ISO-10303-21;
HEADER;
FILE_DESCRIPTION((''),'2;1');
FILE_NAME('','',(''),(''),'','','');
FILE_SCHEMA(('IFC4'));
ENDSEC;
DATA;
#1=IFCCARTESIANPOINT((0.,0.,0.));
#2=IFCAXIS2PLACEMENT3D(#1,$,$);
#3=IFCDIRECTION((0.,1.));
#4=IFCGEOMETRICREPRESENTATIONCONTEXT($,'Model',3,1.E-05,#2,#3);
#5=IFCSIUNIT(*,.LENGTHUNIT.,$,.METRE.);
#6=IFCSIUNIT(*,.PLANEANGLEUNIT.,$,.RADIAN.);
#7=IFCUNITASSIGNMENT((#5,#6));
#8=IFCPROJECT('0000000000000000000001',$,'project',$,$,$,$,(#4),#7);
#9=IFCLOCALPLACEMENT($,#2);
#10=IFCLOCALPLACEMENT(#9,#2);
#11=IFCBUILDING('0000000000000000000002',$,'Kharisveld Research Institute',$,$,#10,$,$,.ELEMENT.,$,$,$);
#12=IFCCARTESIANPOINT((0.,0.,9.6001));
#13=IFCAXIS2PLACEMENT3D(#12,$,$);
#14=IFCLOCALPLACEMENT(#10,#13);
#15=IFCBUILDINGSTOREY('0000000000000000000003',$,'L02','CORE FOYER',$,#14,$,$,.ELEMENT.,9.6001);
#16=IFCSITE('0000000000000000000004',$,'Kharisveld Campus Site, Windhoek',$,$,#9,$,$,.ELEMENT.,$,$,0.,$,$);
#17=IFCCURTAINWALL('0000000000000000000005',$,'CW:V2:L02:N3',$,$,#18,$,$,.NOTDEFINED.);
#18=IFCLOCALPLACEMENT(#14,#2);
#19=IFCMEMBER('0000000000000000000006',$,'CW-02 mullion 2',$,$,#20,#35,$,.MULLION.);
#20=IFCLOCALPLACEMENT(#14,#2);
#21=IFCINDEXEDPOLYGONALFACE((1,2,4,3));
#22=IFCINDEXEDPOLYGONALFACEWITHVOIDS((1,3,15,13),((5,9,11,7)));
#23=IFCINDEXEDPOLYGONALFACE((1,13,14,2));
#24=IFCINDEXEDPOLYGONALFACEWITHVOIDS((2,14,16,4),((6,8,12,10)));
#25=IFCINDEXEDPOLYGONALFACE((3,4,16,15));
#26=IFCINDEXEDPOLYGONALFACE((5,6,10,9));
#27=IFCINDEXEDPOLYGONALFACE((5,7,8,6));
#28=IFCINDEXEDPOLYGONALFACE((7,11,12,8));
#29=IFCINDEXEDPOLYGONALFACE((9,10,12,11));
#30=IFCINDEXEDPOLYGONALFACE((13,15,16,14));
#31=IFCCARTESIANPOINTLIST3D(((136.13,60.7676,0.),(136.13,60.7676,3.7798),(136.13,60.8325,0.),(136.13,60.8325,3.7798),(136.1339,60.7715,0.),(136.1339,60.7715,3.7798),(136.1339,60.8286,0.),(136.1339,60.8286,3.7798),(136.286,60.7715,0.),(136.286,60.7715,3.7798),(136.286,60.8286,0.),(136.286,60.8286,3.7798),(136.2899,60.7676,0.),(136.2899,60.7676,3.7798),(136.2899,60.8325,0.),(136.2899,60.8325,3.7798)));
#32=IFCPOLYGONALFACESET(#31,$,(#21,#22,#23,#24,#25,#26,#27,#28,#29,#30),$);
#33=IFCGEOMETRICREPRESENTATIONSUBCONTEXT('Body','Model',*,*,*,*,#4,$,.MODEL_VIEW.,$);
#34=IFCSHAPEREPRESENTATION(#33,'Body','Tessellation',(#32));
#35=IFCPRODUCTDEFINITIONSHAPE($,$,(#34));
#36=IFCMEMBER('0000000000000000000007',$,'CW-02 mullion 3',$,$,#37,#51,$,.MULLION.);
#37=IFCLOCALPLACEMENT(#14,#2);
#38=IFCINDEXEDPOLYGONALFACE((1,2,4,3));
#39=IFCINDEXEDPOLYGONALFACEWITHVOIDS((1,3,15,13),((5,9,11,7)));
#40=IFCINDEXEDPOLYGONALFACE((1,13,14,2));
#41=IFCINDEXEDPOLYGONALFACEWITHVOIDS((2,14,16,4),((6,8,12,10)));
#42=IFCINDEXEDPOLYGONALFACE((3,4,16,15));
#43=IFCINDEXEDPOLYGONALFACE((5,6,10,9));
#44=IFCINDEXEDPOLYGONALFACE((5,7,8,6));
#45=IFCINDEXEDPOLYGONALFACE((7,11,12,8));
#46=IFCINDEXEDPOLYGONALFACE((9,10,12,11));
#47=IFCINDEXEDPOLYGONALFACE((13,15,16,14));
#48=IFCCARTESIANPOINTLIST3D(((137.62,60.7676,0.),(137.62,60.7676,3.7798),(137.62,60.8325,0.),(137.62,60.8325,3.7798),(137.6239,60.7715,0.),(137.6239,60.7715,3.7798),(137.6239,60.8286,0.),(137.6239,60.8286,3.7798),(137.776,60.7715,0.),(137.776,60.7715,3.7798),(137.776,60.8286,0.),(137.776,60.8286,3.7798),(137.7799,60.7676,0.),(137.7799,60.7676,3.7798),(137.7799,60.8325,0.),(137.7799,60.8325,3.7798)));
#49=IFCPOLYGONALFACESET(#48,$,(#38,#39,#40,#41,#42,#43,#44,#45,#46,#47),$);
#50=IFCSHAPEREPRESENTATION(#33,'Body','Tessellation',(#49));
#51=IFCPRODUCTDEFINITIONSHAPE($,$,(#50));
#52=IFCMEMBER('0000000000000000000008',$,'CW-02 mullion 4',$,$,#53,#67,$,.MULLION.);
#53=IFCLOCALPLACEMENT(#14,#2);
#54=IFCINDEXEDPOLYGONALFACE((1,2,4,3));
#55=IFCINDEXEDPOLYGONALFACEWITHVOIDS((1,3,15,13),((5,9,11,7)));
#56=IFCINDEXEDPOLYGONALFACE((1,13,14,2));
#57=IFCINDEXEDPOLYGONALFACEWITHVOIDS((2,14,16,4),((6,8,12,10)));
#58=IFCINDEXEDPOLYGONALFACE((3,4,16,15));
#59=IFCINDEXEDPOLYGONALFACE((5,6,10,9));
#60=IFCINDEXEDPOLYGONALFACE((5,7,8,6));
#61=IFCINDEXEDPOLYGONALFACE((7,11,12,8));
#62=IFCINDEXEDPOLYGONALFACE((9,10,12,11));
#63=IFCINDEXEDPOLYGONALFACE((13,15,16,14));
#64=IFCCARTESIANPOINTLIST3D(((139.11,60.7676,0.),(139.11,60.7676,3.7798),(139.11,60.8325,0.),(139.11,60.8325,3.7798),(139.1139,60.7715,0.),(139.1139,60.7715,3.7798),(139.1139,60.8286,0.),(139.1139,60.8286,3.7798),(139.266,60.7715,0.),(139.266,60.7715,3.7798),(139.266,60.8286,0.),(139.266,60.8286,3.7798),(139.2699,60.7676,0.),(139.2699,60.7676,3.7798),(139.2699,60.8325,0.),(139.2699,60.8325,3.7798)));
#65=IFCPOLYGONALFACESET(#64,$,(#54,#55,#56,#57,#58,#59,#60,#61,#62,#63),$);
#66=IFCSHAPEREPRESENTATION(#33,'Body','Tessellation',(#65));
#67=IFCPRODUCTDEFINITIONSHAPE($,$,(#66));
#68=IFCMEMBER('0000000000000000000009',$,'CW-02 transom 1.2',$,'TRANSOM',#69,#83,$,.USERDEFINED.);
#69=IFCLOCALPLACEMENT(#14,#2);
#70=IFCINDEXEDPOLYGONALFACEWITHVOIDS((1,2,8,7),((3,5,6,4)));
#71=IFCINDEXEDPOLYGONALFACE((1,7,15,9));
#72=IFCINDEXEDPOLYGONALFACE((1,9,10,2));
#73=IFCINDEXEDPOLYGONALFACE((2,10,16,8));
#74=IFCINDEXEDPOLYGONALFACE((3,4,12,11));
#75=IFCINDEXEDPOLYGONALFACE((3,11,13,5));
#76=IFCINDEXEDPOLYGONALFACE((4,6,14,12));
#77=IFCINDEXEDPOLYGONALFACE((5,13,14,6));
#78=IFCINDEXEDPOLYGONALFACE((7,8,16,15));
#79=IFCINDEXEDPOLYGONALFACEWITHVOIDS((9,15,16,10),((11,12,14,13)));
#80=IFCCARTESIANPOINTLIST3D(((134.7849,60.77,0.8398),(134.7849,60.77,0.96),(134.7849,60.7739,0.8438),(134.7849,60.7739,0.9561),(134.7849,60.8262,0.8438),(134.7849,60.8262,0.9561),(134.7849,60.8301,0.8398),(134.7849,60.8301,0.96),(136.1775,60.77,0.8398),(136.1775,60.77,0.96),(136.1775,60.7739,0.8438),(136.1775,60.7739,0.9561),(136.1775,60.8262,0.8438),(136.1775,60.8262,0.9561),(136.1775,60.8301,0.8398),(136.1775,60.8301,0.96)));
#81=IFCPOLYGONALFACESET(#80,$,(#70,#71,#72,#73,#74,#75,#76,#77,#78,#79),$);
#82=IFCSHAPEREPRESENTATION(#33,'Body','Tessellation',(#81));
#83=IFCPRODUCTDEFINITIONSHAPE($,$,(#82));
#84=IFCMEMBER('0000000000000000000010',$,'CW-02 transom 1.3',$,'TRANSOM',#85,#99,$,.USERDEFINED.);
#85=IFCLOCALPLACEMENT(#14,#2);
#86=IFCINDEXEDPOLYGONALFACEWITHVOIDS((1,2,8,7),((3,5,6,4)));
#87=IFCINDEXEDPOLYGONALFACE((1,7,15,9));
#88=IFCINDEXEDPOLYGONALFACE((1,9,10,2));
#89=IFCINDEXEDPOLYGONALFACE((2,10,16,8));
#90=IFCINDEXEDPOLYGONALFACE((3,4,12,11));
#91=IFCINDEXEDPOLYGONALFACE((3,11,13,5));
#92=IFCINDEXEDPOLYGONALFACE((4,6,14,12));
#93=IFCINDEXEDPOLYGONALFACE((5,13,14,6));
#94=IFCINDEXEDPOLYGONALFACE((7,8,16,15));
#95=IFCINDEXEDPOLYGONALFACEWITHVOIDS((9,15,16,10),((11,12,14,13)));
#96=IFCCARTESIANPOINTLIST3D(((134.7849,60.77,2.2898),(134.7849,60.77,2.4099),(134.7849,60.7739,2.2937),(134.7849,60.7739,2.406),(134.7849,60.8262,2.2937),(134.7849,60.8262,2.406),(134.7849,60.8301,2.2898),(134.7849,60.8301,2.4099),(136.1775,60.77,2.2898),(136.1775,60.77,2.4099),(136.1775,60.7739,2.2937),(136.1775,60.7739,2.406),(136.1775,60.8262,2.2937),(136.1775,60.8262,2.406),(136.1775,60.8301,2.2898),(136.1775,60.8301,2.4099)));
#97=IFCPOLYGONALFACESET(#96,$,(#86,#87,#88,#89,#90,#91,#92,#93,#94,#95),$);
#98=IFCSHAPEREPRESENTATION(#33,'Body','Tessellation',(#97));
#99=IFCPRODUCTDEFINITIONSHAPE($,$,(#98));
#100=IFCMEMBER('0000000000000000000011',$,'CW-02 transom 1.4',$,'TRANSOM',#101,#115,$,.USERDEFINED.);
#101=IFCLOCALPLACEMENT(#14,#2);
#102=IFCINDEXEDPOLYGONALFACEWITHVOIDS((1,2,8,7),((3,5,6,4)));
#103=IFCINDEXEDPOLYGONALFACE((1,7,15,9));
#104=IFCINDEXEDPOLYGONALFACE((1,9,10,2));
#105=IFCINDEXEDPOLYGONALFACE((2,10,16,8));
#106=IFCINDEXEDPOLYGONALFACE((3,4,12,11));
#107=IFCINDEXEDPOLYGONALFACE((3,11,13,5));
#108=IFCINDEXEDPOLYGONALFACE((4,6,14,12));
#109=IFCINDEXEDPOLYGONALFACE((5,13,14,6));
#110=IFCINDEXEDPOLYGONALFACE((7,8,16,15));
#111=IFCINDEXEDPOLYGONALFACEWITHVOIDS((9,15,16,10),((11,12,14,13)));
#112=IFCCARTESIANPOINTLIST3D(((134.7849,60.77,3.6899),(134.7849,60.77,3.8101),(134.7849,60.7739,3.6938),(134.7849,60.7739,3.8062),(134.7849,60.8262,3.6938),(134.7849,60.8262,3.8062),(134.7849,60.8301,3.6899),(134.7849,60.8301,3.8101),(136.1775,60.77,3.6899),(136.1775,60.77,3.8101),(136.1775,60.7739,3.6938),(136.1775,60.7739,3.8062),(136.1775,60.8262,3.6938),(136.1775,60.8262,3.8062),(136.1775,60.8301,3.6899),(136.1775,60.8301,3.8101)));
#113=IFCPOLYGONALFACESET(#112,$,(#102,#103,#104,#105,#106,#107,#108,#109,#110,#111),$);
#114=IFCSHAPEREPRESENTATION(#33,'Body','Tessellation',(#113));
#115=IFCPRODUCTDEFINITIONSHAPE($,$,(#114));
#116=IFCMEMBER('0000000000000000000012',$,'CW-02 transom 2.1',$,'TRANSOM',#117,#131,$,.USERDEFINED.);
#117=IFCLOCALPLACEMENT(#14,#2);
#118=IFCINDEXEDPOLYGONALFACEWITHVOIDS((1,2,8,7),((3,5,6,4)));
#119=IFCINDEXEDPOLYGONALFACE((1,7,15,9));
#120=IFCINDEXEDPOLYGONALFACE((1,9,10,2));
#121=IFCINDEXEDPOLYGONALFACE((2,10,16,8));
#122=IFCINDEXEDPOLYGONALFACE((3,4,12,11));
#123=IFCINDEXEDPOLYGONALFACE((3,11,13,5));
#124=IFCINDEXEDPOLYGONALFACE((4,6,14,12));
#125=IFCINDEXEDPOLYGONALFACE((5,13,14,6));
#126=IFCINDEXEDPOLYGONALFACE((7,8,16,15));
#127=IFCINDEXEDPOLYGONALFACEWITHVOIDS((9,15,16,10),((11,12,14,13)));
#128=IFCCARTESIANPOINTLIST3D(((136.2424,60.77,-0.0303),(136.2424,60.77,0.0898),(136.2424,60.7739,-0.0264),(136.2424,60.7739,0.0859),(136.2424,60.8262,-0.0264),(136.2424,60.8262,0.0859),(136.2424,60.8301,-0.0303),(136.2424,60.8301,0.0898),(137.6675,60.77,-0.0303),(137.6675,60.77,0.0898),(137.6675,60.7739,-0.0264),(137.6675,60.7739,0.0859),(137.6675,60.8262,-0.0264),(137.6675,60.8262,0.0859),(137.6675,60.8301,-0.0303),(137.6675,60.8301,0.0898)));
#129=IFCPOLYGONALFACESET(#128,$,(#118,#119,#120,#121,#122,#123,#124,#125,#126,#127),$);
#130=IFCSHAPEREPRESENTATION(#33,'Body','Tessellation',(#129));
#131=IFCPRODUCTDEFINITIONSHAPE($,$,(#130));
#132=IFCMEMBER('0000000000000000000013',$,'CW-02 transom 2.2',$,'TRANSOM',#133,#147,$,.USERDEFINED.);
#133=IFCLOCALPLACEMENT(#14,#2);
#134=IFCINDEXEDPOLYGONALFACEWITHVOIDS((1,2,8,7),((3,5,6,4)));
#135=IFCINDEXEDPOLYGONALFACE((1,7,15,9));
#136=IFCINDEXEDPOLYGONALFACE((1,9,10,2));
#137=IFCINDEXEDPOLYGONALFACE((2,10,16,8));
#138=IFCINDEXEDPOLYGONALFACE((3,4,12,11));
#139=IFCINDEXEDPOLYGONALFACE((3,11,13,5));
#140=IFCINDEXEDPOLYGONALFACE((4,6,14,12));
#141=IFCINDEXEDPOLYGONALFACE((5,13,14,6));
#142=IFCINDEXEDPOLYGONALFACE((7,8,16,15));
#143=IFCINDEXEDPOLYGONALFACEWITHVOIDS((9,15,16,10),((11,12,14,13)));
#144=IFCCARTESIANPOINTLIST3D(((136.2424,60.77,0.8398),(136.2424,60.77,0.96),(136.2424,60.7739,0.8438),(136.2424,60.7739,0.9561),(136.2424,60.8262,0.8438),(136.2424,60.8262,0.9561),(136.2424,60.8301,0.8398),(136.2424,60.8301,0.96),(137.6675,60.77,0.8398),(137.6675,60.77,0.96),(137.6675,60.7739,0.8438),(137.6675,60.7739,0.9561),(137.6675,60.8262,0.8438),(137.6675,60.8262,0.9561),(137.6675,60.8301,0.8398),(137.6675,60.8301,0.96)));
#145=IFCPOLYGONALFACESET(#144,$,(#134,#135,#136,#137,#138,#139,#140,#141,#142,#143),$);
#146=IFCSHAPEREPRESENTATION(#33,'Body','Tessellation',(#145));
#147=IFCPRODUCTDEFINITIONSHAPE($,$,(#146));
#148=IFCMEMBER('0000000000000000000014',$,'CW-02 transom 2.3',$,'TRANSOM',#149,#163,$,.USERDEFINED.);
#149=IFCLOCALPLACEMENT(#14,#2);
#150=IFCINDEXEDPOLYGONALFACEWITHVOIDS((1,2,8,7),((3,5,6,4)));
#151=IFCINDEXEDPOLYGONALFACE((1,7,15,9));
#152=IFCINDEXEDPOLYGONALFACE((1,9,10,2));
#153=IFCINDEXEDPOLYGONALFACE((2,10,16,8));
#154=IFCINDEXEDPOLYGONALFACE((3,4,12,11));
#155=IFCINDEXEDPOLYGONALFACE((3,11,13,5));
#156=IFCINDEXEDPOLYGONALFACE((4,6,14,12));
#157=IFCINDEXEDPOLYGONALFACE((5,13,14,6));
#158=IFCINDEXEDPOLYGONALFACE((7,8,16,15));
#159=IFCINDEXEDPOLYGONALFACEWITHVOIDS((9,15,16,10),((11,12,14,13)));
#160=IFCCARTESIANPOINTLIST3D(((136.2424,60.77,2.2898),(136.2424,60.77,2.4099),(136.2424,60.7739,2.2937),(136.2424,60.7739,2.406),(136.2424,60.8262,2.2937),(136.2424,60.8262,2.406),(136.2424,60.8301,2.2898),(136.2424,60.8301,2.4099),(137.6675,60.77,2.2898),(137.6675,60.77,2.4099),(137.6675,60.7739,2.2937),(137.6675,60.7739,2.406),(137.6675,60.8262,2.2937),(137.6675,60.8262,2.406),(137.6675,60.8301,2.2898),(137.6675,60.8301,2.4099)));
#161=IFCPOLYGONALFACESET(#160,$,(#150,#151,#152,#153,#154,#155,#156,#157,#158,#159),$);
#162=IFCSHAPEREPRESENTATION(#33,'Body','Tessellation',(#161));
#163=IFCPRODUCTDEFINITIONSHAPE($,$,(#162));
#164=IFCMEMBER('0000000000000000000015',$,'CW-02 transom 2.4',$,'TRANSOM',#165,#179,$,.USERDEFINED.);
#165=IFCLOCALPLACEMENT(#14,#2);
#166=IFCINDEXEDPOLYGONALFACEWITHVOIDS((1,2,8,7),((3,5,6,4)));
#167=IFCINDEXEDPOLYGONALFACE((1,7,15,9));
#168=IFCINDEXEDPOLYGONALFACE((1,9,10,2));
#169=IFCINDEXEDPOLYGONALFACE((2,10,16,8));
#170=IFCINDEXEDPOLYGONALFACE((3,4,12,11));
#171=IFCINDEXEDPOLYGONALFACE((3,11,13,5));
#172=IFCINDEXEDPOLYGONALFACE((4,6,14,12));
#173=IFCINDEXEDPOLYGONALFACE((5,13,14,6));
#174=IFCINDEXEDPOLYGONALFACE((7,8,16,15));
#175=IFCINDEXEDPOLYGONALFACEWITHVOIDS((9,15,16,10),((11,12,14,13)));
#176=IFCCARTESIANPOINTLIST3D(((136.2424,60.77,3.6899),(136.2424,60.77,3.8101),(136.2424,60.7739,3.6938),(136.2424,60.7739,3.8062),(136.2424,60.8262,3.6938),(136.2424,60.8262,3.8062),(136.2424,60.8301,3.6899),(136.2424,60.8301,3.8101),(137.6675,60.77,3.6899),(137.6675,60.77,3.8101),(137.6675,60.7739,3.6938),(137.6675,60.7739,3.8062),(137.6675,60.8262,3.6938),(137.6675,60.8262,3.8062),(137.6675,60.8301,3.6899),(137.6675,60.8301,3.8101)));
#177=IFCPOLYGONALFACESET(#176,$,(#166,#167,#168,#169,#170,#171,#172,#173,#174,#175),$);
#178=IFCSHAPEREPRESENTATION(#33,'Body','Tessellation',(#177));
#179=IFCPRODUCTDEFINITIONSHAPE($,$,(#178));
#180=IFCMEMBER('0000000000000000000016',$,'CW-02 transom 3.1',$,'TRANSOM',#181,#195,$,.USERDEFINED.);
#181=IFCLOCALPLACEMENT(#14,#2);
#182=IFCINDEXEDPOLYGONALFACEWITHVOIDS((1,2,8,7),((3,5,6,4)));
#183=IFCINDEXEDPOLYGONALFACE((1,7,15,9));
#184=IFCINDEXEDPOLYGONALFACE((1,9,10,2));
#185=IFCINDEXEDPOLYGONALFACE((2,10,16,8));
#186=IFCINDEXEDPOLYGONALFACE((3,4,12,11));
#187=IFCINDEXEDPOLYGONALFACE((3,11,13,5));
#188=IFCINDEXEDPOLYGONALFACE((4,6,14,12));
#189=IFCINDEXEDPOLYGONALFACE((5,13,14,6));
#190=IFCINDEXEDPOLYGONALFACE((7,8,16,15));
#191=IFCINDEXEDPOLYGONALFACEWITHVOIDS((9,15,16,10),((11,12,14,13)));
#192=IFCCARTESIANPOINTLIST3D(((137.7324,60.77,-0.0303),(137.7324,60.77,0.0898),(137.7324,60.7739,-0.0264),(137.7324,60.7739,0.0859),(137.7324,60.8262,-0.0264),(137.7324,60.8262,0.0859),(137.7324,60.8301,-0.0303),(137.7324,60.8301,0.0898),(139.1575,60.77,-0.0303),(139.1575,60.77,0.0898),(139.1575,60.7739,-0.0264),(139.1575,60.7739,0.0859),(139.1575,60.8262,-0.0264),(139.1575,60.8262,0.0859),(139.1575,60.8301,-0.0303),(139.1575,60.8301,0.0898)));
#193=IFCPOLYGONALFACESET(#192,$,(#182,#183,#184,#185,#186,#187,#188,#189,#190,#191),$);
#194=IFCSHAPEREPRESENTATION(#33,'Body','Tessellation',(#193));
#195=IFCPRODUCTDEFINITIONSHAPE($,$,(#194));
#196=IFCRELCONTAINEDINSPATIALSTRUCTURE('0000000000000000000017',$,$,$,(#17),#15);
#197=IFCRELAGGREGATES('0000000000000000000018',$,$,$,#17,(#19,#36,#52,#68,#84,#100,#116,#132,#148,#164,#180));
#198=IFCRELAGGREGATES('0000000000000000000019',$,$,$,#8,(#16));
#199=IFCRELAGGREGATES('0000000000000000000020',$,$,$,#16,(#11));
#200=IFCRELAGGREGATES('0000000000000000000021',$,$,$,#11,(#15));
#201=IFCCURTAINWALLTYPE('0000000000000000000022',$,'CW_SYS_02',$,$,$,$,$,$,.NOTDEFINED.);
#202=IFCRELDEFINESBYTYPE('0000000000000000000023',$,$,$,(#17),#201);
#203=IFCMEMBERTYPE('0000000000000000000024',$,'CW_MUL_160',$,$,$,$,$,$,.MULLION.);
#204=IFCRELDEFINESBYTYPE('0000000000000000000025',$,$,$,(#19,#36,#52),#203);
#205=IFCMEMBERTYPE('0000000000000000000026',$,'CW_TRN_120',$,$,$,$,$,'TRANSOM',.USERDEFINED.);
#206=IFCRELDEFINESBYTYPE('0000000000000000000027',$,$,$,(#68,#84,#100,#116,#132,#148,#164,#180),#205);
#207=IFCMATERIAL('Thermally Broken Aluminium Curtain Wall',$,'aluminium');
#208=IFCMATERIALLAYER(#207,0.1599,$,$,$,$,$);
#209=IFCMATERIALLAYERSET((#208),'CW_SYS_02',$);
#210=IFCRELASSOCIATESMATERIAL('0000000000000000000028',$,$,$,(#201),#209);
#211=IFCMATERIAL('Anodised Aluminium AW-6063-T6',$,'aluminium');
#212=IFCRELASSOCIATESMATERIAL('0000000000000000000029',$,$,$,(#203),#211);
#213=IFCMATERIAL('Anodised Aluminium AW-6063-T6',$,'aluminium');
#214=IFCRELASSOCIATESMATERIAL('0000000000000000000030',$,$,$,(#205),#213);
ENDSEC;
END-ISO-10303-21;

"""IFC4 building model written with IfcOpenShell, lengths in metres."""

from ifc_helpers import new_model, si_unit, direction, frame, origin, origin_2d, place, context, subcontext, project, spatial, hollow_rectangle, extrude, material, layer, layer_set, material_profile, profile_set, type_object, element, aggregate, save


model = new_model("IFC4")

# Units and contexts
model_context = context("Model", 3, precision=1e-05, world=origin(), true_north=direction((0.0, 1.0)))
body_context = subcontext(model_context, "Body", "Model", "MODEL_VIEW")
ifc_project = project(units=[si_unit("LENGTHUNIT", "METRE"), si_unit("PLANEANGLEUNIT", "RADIAN")], contexts=[model_context])

# Site, building, storey
site_placement = place(None, origin())
site = spatial("IfcSite", under=ifc_project, at=site_placement, Name="Kharisveld Campus Site, Windhoek", CompositionType="ELEMENT", RefElevation=0.0)
building_placement = place(site_placement, origin())
building = spatial("IfcBuilding", under=site, at=building_placement, Name="Kharisveld Research Institute", CompositionType="ELEMENT")
storey_placement = place(building_placement, frame((0.0, 0.0, 9.6001)))
storey = spatial("IfcBuildingStorey", under=building, at=storey_placement, Name="L02", Description="CORE FOYER", CompositionType="ELEMENT", Elevation=9.6001)

# Curtain wall, members
ifc_material_1 = material(Name="Thermally Broken Aluminium Curtain Wall", Category="aluminium")
ifc_layer_1 = layer(ifc_material_1, 0.1599)
ifc_layer_set_1 = layer_set([ifc_layer_1], Name="CW_SYS_02")
curtain_wall_type = type_object("IfcCurtainWallType", Name="CW_SYS_02", PredefinedType="NOTDEFINED", material=ifc_layer_set_1)
curtain_wall_placement = place(storey_placement, origin())
curtain_wall = element("IfcCurtainWall", 1, at=curtain_wall_placement, inside=storey, type_object=curtain_wall_type, Name="CW:V2:L02:N3", PredefinedType="NOTDEFINED")
ifc_material_2 = material(Name="Anodised Aluminium AW-6063-T6", Category="aluminium")
ifc_material_profile_1 = material_profile(ifc_material_2, hollow_rectangle(XDim=0.0649, YDim=0.1599, WallThickness=0.0039, at=origin_2d()))
ifc_profile_set_1 = profile_set([ifc_material_profile_1], Name="Anodised Aluminium AW-6063-T6")
member_type_1 = type_object("IfcMemberType", Name="CW_MUL_160", PredefinedType="MULLION", material=ifc_profile_set_1)
member_1_placement = place(storey_placement, frame((136.21, 60.8, 0.0), z_axis=(0.0, 0.0, 1.0), x_axis=(0.0, 1.0, 0.0)))
member_1 = element("IfcMember", 2, at=member_1_placement, type_object=member_type_1, Name="CW-02 mullion 2", PredefinedType="MULLION", context=body_context, shape_type="SweptSolid", body=[
    extrude(hollow_rectangle(XDim=0.0649, YDim=0.1599, WallThickness=0.0039, at=origin_2d()), origin(), (0.0, 0.0, 1.0), 3.7798),
])
member_2_placement = place(storey_placement, frame((137.7, 60.8, 0.0), z_axis=(0.0, 0.0, 1.0), x_axis=(0.0, 1.0, 0.0)))
member_2 = element("IfcMember", 3, at=member_2_placement, type_object=member_type_1, Name="CW-02 mullion 3", PredefinedType="MULLION", context=body_context, shape_type="SweptSolid", body=[
    extrude(hollow_rectangle(XDim=0.0649, YDim=0.1599, WallThickness=0.0039, at=origin_2d()), origin(), (0.0, 0.0, 1.0), 3.7798),
])
member_3_placement = place(storey_placement, frame((139.1899, 60.8, 0.0), z_axis=(0.0, 0.0, 1.0), x_axis=(0.0, 1.0, 0.0)))
member_3 = element("IfcMember", 4, at=member_3_placement, type_object=member_type_1, Name="CW-02 mullion 4", PredefinedType="MULLION", context=body_context, shape_type="SweptSolid", body=[
    extrude(hollow_rectangle(XDim=0.0649, YDim=0.1599, WallThickness=0.0039, at=origin_2d()), origin(), (0.0, 0.0, 1.0), 3.7798),
])
ifc_material_3 = material(Name="Anodised Aluminium AW-6063-T6", Category="aluminium")
ifc_material_profile_2 = material_profile(ifc_material_3, hollow_rectangle(XDim=0.0601, YDim=0.1201, WallThickness=0.0039, at=origin_2d()))
ifc_profile_set_2 = profile_set([ifc_material_profile_2], Name="Anodised Aluminium AW-6063-T6")
member_type_2 = type_object("IfcMemberType", Name="CW_TRN_120", ElementType="TRANSOM", PredefinedType="USERDEFINED", material=ifc_profile_set_2)
member_4_placement = place(storey_placement, frame((134.7849, 60.8, 0.8999), z_axis=(1.0, 0.0, 0.0), x_axis=(0.0, 1.0, 0.0)))
member_4 = element("IfcMember", 5, at=member_4_placement, type_object=member_type_2, Name="CW-02 transom 1.2", ObjectType="TRANSOM", PredefinedType="USERDEFINED", context=body_context, shape_type="SweptSolid", body=[
    extrude(hollow_rectangle(XDim=0.0601, YDim=0.1201, WallThickness=0.0039, at=origin_2d()), origin(), (0.0, 0.0, 1.0), 1.3926),
])
member_5_placement = place(storey_placement, frame((134.7849, 60.8, 2.3499), z_axis=(1.0, 0.0, 0.0), x_axis=(0.0, 1.0, 0.0)))
member_5 = element("IfcMember", 6, at=member_5_placement, type_object=member_type_2, Name="CW-02 transom 1.3", ObjectType="TRANSOM", PredefinedType="USERDEFINED", context=body_context, shape_type="SweptSolid", body=[
    extrude(hollow_rectangle(XDim=0.0601, YDim=0.1201, WallThickness=0.0039, at=origin_2d()), origin(), (0.0, 0.0, 1.0), 1.3926),
])
member_6_placement = place(storey_placement, frame((134.7849, 60.8, 3.75), z_axis=(1.0, 0.0, 0.0), x_axis=(0.0, 1.0, 0.0)))
member_6 = element("IfcMember", 7, at=member_6_placement, type_object=member_type_2, Name="CW-02 transom 1.4", ObjectType="TRANSOM", PredefinedType="USERDEFINED", context=body_context, shape_type="SweptSolid", body=[
    extrude(hollow_rectangle(XDim=0.0601, YDim=0.1201, WallThickness=0.0039, at=origin_2d()), origin(), (0.0, 0.0, 1.0), 1.3926),
])
member_7_placement = place(storey_placement, frame((136.2424, 60.8, 0.0298), z_axis=(1.0, 0.0, 0.0), x_axis=(0.0, 1.0, 0.0)))
member_7 = element("IfcMember", 8, at=member_7_placement, type_object=member_type_2, Name="CW-02 transom 2.1", ObjectType="TRANSOM", PredefinedType="USERDEFINED", context=body_context, shape_type="SweptSolid", body=[
    extrude(hollow_rectangle(XDim=0.0601, YDim=0.1201, WallThickness=0.0039, at=origin_2d()), origin(), (0.0, 0.0, 1.0), 1.425),
])
member_8_placement = place(storey_placement, frame((136.2424, 60.8, 0.8999), z_axis=(1.0, 0.0, 0.0), x_axis=(0.0, 1.0, 0.0)))
member_8 = element("IfcMember", 9, at=member_8_placement, type_object=member_type_2, Name="CW-02 transom 2.2", ObjectType="TRANSOM", PredefinedType="USERDEFINED", context=body_context, shape_type="SweptSolid", body=[
    extrude(hollow_rectangle(XDim=0.0601, YDim=0.1201, WallThickness=0.0039, at=origin_2d()), origin(), (0.0, 0.0, 1.0), 1.425),
])
member_9_placement = place(storey_placement, frame((136.2424, 60.8, 2.3499), z_axis=(1.0, 0.0, 0.0), x_axis=(0.0, 1.0, 0.0)))
member_9 = element("IfcMember", 10, at=member_9_placement, type_object=member_type_2, Name="CW-02 transom 2.3", ObjectType="TRANSOM", PredefinedType="USERDEFINED", context=body_context, shape_type="SweptSolid", body=[
    extrude(hollow_rectangle(XDim=0.0601, YDim=0.1201, WallThickness=0.0039, at=origin_2d()), origin(), (0.0, 0.0, 1.0), 1.425),
])
member_10_placement = place(storey_placement, frame((136.2424, 60.8, 3.75), z_axis=(1.0, 0.0, 0.0), x_axis=(0.0, 1.0, 0.0)))
member_10 = element("IfcMember", 11, at=member_10_placement, type_object=member_type_2, Name="CW-02 transom 2.4", ObjectType="TRANSOM", PredefinedType="USERDEFINED", context=body_context, shape_type="SweptSolid", body=[
    extrude(hollow_rectangle(XDim=0.0601, YDim=0.1201, WallThickness=0.0039, at=origin_2d()), origin(), (0.0, 0.0, 1.0), 1.425),
])
member_11_placement = place(storey_placement, frame((137.7324, 60.8, 0.0298), z_axis=(1.0, 0.0, 0.0), x_axis=(0.0, 1.0, 0.0)))
member_11 = element("IfcMember", 12, at=member_11_placement, type_object=member_type_2, Name="CW-02 transom 3.1", ObjectType="TRANSOM", PredefinedType="USERDEFINED", context=body_context, shape_type="SweptSolid", body=[
    extrude(hollow_rectangle(XDim=0.0601, YDim=0.1201, WallThickness=0.0039, at=origin_2d()), origin(), (0.0, 0.0, 1.0), 1.425),
])
aggregate(curtain_wall, [member_1, member_2, member_3, member_4, member_5, member_6, member_7, member_8, member_9, member_10, member_11])

save(model, "model.ifc")
